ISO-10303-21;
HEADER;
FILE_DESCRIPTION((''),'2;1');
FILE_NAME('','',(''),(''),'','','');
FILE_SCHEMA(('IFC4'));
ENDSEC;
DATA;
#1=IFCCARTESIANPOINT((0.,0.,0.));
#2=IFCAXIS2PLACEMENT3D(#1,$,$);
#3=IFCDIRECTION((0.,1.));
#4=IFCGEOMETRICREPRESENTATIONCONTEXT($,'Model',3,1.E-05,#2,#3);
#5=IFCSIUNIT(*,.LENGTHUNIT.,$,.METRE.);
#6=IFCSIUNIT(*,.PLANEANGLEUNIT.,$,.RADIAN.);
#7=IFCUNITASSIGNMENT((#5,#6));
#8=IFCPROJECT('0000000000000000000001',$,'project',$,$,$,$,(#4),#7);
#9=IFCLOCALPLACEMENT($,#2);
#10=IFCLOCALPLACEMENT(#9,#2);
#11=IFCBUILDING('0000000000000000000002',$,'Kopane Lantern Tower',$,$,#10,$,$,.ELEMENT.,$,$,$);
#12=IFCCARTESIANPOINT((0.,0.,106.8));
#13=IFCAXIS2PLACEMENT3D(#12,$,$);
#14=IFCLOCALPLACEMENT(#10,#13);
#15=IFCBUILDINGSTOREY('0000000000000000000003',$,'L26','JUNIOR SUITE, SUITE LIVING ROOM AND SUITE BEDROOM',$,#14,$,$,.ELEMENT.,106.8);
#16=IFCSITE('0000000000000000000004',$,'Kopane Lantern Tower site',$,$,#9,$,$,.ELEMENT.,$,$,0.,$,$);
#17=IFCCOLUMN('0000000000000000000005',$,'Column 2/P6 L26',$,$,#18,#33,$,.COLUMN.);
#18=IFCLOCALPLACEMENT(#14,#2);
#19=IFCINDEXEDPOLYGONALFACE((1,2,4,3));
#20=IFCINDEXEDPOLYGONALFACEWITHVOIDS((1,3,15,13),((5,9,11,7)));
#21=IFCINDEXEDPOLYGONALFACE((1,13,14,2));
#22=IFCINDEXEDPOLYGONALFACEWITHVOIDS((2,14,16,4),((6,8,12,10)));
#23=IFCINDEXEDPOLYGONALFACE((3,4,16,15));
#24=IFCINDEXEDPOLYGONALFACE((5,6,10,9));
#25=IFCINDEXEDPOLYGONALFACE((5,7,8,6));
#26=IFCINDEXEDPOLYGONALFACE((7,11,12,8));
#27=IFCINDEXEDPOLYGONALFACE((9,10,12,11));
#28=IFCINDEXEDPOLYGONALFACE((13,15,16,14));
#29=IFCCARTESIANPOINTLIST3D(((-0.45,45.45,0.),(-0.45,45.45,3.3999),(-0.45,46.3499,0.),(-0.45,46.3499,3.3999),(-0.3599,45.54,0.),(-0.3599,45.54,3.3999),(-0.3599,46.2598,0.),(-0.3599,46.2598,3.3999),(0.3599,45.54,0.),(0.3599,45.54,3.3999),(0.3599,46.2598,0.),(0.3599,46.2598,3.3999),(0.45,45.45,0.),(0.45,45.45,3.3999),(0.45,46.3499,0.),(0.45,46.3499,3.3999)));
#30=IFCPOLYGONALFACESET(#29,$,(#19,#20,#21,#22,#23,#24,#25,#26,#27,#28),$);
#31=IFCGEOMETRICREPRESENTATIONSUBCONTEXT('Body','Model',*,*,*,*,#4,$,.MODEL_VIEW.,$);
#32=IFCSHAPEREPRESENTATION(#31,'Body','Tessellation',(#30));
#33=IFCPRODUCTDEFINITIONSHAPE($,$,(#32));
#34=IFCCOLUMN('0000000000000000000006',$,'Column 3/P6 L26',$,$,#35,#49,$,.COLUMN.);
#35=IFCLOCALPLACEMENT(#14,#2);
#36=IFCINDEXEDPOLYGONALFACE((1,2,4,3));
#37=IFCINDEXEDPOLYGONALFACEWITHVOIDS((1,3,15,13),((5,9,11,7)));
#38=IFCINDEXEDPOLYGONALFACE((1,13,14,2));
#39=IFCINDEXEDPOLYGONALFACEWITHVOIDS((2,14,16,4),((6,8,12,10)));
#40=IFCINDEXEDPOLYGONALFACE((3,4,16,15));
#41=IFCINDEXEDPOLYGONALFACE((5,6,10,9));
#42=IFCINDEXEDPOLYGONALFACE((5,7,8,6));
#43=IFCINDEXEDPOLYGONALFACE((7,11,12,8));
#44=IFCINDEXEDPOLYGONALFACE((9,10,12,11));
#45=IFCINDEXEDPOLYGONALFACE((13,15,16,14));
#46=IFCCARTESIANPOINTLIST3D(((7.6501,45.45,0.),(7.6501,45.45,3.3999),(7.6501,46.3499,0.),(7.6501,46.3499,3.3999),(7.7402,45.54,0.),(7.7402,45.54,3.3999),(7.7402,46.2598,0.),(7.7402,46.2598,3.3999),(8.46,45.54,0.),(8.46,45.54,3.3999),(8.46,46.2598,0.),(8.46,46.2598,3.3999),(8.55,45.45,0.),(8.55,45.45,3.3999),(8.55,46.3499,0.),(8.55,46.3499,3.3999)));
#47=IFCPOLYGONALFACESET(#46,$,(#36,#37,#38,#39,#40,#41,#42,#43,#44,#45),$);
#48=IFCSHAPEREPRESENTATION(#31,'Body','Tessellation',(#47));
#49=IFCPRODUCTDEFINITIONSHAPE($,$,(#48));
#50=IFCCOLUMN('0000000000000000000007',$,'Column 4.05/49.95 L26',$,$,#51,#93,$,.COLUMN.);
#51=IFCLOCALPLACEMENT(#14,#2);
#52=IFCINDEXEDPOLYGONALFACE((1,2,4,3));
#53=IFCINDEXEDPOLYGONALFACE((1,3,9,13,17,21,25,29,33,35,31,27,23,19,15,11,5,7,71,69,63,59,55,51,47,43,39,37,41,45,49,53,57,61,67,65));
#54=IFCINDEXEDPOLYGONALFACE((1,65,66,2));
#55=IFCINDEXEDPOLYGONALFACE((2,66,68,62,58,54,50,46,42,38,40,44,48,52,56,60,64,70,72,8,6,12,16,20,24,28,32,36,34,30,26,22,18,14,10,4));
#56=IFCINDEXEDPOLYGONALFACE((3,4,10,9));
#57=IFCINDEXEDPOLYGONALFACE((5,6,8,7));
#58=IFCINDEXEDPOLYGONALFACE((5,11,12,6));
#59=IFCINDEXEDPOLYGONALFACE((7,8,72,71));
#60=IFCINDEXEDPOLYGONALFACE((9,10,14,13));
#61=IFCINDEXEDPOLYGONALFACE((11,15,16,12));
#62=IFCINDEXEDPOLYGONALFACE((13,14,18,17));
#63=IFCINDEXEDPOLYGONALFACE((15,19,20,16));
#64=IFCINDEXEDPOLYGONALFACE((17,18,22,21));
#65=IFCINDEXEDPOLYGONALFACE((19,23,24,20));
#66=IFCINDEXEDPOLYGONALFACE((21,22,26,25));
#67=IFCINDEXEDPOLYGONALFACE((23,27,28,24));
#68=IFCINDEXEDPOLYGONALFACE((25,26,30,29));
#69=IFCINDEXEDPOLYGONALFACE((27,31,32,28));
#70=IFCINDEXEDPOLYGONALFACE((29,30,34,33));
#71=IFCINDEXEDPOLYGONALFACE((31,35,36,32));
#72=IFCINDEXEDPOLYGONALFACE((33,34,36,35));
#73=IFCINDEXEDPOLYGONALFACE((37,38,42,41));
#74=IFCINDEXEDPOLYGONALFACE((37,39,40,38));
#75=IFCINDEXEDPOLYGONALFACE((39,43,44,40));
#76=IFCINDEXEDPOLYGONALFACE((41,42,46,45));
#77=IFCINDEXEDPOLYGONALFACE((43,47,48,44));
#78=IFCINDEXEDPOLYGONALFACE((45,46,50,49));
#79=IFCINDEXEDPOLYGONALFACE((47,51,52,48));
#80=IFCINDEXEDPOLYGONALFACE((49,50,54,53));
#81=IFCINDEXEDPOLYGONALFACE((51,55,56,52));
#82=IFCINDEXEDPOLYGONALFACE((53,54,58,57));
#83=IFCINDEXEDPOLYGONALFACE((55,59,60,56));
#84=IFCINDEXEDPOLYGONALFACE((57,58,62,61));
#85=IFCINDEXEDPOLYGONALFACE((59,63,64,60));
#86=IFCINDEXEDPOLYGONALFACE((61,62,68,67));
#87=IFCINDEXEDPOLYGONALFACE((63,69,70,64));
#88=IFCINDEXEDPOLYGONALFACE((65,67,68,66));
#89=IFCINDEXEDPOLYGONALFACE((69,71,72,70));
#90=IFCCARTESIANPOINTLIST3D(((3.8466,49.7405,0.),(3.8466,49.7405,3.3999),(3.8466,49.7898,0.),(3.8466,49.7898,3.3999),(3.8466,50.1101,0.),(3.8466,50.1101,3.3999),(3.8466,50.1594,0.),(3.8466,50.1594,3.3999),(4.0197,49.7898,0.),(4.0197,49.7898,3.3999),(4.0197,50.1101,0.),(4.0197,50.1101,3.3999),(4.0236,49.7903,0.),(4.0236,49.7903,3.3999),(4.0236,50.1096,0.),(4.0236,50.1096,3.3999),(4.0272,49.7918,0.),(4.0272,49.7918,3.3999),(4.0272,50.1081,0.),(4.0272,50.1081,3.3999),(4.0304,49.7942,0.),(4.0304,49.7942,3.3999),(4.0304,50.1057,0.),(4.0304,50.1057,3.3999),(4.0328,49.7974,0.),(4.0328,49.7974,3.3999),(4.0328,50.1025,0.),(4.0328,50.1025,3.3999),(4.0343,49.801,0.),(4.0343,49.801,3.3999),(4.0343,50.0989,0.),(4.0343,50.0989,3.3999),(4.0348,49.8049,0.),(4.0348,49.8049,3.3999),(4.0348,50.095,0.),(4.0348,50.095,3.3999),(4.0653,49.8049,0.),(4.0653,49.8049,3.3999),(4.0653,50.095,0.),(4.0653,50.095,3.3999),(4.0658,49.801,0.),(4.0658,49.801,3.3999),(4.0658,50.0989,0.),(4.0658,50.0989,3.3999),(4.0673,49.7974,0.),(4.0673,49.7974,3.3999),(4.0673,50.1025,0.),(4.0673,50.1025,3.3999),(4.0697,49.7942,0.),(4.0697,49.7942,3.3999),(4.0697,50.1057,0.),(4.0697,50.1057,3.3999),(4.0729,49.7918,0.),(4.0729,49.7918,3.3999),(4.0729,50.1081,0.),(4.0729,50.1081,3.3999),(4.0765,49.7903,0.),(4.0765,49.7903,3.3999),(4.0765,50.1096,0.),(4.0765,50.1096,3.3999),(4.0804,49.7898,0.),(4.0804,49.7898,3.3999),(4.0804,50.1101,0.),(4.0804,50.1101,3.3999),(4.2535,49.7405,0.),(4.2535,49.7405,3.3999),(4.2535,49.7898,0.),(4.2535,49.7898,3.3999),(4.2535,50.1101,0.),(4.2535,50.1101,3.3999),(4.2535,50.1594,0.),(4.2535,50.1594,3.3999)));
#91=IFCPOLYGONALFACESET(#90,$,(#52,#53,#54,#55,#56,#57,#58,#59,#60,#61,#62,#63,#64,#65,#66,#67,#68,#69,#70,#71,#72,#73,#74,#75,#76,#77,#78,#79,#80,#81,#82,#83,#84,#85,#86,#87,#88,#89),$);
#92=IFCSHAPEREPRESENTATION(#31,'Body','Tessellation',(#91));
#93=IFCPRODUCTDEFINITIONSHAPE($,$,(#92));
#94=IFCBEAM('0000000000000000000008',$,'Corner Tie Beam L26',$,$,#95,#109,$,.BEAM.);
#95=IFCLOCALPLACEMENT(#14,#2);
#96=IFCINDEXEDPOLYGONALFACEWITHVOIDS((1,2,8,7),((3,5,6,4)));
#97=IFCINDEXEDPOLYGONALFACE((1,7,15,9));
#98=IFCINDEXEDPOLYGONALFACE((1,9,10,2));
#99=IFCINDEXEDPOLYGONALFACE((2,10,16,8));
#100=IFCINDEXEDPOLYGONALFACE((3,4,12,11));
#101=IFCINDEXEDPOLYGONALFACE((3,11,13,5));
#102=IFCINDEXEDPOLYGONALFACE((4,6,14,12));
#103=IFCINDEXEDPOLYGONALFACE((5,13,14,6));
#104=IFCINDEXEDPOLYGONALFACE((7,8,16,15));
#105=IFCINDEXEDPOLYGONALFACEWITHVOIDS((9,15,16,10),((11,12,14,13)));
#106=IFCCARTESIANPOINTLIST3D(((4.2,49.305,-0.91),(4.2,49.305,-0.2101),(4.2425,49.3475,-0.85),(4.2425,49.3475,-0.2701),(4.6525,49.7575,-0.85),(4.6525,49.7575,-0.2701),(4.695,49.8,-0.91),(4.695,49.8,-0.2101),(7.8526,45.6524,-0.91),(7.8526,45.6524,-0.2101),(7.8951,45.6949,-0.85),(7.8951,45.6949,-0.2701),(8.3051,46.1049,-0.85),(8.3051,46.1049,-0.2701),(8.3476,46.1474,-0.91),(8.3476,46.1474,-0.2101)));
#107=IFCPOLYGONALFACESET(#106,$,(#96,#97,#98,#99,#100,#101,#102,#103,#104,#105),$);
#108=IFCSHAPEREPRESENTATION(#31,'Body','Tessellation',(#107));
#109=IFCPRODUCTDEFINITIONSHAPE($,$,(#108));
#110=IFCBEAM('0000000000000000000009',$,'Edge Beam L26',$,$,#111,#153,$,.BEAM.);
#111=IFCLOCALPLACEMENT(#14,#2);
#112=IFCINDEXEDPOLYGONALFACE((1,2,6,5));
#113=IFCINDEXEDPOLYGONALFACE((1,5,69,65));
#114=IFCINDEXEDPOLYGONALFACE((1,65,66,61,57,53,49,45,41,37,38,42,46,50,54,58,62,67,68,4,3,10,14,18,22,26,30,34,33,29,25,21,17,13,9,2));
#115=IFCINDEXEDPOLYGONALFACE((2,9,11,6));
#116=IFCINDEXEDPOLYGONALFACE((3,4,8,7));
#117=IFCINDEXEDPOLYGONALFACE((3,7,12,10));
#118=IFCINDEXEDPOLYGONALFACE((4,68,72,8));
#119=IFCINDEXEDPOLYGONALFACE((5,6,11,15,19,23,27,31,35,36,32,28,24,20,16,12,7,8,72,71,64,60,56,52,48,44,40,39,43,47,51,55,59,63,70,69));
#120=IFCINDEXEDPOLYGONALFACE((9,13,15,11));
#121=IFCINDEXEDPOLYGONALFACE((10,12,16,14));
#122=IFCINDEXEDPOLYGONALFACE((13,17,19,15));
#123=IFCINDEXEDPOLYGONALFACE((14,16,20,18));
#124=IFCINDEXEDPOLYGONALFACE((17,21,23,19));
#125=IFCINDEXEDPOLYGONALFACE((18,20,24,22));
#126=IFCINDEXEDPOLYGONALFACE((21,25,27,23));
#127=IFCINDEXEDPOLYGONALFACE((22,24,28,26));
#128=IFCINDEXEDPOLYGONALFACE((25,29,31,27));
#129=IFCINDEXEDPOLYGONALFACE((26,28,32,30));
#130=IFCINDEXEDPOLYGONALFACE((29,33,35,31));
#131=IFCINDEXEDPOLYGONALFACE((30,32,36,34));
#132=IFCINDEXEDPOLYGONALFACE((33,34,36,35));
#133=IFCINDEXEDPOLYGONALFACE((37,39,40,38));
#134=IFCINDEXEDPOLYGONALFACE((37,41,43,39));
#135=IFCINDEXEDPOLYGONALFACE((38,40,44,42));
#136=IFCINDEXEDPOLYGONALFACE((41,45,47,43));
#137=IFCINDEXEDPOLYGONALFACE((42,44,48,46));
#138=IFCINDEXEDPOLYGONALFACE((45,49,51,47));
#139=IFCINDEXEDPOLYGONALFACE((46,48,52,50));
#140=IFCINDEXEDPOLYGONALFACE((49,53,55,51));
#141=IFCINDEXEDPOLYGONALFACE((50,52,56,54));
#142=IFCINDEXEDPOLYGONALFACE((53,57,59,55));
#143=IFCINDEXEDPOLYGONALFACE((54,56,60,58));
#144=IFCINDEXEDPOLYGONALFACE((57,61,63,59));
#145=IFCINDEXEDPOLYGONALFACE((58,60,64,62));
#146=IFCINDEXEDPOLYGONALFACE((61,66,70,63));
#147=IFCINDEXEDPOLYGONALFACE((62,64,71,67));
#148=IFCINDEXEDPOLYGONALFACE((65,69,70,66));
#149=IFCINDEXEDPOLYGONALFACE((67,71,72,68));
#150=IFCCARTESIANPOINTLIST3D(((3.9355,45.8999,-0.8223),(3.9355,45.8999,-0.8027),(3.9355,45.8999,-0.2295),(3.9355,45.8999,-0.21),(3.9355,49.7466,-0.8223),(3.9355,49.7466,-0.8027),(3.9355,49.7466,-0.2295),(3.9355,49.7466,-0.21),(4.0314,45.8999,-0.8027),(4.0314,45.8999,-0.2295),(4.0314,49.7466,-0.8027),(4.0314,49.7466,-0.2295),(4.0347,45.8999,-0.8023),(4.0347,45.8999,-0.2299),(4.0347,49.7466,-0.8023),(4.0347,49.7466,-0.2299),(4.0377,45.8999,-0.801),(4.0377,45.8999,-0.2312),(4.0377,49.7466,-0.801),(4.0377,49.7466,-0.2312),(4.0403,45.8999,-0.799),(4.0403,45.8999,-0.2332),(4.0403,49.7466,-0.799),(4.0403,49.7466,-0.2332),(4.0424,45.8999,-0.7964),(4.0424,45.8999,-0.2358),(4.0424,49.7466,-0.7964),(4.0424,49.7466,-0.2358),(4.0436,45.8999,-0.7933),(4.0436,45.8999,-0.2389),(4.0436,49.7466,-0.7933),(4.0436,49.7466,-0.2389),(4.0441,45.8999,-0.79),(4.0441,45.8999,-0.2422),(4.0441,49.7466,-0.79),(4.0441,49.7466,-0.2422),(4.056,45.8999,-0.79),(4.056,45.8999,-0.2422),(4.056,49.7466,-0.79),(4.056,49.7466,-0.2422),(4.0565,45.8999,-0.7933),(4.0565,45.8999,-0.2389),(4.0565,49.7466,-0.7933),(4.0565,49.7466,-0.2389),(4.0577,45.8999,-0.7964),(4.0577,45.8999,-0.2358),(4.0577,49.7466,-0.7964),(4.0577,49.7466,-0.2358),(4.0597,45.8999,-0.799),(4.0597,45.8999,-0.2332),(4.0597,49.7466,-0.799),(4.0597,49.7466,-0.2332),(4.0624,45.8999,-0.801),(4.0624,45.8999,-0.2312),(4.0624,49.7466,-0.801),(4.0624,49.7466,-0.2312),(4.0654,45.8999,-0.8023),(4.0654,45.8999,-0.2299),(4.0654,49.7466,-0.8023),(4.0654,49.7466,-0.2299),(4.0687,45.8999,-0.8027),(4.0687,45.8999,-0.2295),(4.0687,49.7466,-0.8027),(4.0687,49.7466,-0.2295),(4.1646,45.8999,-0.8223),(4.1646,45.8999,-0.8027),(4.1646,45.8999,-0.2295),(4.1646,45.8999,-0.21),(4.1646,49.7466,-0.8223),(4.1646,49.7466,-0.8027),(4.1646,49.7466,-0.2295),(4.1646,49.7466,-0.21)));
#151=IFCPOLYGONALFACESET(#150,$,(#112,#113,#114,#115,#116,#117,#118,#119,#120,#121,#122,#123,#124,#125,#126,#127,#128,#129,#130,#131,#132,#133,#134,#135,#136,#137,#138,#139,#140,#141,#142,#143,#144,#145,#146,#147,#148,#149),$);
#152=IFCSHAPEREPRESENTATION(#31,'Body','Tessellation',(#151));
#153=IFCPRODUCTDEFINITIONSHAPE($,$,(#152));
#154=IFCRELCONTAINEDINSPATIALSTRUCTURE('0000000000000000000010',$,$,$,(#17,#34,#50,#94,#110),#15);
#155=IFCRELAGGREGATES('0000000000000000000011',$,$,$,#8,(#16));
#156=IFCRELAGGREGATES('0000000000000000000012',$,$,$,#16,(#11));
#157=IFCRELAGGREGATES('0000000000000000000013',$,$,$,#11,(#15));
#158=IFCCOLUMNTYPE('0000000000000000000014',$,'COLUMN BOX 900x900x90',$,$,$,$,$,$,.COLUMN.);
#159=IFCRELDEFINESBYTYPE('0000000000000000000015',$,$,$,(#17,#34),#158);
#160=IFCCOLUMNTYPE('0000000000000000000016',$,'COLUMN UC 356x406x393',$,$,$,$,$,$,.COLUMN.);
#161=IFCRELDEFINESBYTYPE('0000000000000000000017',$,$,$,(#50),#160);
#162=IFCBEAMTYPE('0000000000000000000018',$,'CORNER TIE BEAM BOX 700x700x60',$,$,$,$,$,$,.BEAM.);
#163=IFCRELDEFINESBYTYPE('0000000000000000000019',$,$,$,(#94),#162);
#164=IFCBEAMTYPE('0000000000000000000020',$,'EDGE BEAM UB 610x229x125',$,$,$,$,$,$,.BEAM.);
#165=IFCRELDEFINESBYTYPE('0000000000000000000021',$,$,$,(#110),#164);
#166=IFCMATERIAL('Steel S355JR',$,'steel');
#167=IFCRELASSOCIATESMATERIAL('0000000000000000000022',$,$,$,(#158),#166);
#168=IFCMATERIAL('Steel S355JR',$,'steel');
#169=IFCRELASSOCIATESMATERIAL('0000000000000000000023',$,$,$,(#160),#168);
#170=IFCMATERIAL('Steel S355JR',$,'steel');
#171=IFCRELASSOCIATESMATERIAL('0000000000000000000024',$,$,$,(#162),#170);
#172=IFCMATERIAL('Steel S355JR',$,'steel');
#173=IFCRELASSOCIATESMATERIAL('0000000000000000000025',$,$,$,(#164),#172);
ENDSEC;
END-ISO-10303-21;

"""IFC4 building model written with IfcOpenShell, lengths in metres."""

from ifc_helpers import new_model, si_unit, direction, frame, origin, origin_2d, place, context, subcontext, project, spatial, hollow_rectangle, i_section, extrude, material, material_profile, profile_set, type_object, element, save


model = new_model("IFC4")

# Units and contexts
model_context = context("Model", 3, precision=1e-05, world=origin(), true_north=direction((0.0, 1.0)))
body_context = subcontext(model_context, "Body", "Model", "MODEL_VIEW")
ifc_project = project(units=[si_unit("LENGTHUNIT", "METRE"), si_unit("PLANEANGLEUNIT", "RADIAN")], contexts=[model_context])

# Site, building, storey
site_placement = place(None, origin())
site = spatial("IfcSite", under=ifc_project, at=site_placement, Name="Kopane Lantern Tower site", CompositionType="ELEMENT", RefElevation=0.0)
building_placement = place(site_placement, origin())
building = spatial("IfcBuilding", under=site, at=building_placement, Name="Kopane Lantern Tower", CompositionType="ELEMENT")
storey_placement = place(building_placement, frame((0.0, 0.0, 106.8)))
storey = spatial("IfcBuildingStorey", under=building, at=storey_placement, Name="L26", Description="JUNIOR SUITE, SUITE LIVING ROOM AND SUITE BEDROOM", CompositionType="ELEMENT", Elevation=106.8)

# Columns
ifc_material_1 = material(Name="Steel S355JR", Category="steel")
ifc_material_profile_1 = material_profile(ifc_material_1, hollow_rectangle(XDim=0.8999, YDim=0.8999, WallThickness=0.0901, at=origin_2d()), Name="BOX 900x900x90")
ifc_profile_set_1 = profile_set([ifc_material_profile_1], Name="Steel S355JR")
column_type_1 = type_object("IfcColumnType", Name="COLUMN BOX 900x900x90", PredefinedType="COLUMN", material=ifc_profile_set_1)
for number, where, z_axis, x_axis, name in (
    (1, (0.0, 45.8999, 0.0), (0.0, 0.0, 1.0), (1.0, 0.0, 0.0), "Column 2/P6 L26"),
    (2, (8.1001, 45.8999, 0.0), (0.0, 0.0, 1.0), (1.0, 0.0, 0.0), "Column 3/P6 L26"),
):
    element("IfcColumn", number, at=place(storey_placement, frame(where, z_axis=z_axis, x_axis=x_axis)), inside=storey, type_object=column_type_1, Name=name, PredefinedType="COLUMN", context=body_context, shape_type="SweptSolid", body=[
        extrude(hollow_rectangle(XDim=0.8999, YDim=0.8999, WallThickness=0.0901, at=origin_2d()), origin(), (0.0, 0.0, 1.0), 3.3999),
    ])
ifc_material_2 = material(Name="Steel S355JR", Category="steel")
ifc_material_profile_2 = material_profile(ifc_material_2, i_section(OverallWidth=0.407, OverallDepth=0.4189, WebThickness=0.0305, FlangeThickness=0.0493, FilletRadius=0.0151, at=origin_2d()), Name="UC 356x406x393")
ifc_profile_set_2 = profile_set([ifc_material_profile_2], Name="Steel S355JR")
column_type_2 = type_object("IfcColumnType", Name="COLUMN UC 356x406x393", PredefinedType="COLUMN", material=ifc_profile_set_2)
column_placement = place(storey_placement, frame((4.05, 49.95, 0.0), z_axis=(0.0, 0.0, 1.0), x_axis=(1.0, 0.0, 0.0)))
element("IfcColumn", 3, at=column_placement, inside=storey, type_object=column_type_2, Name="Column 4.05/49.95 L26", PredefinedType="COLUMN", context=body_context, shape_type="SweptSolid", body=[
    extrude(i_section(OverallWidth=0.407, OverallDepth=0.4189, WebThickness=0.0305, FlangeThickness=0.0493, FilletRadius=0.0151, at=origin_2d()), origin(), (0.0, 0.0, 1.0), 3.3999),
])

# Beams
ifc_material_3 = material(Name="Steel S355JR", Category="steel")
ifc_material_profile_3 = material_profile(ifc_material_3, hollow_rectangle(XDim=0.7, YDim=0.7, WallThickness=0.0601, at=origin_2d()), Name="BOX 700x700x60")
ifc_profile_set_3 = profile_set([ifc_material_profile_3], Name="Steel S355JR")
beam_type_1 = type_object("IfcBeamType", Name="CORNER TIE BEAM BOX 700x700x60", PredefinedType="BEAM", material=ifc_profile_set_3)
beam_1_placement = place(storey_placement, frame((4.4475, 49.5525, -0.5601), z_axis=(0.707107, -0.707107, 0.0), x_axis=(0.707107, 0.707107, 0.0)))
element("IfcBeam", 4, at=beam_1_placement, inside=storey, type_object=beam_type_1, Name="Corner Tie Beam L26", PredefinedType="BEAM", context=body_context, shape_type="SweptSolid", body=[
    extrude(hollow_rectangle(XDim=0.7, YDim=0.7, WallThickness=0.0601, at=origin_2d()), origin(), (0.0, 0.0, 1.0), 5.1655),
])
ifc_material_4 = material(Name="Steel S355JR", Category="steel")
ifc_material_profile_4 = material_profile(ifc_material_4, i_section(OverallWidth=0.229, OverallDepth=0.6123, WebThickness=0.012, FlangeThickness=0.0195, FilletRadius=0.0127, at=origin_2d()), Name="UB 610x229x125")
ifc_profile_set_4 = profile_set([ifc_material_profile_4], Name="Steel S355JR")
beam_type_2 = type_object("IfcBeamType", Name="EDGE BEAM UB 610x229x125", PredefinedType="BEAM", material=ifc_profile_set_4)
for number, where, z_axis, x_axis, name in (
    (5, (4.05, 49.7466, -0.5161), (0.0, -1.0, 0.0), (1.0, 0.0, 0.0), "Edge Beam L26"),
):
    element("IfcBeam", number, at=place(storey_placement, frame(where, z_axis=z_axis, x_axis=x_axis)), inside=storey, type_object=beam_type_2, Name=name, PredefinedType="BEAM", context=body_context, shape_type="SweptSolid", body=[
        extrude(i_section(OverallWidth=0.229, OverallDepth=0.6123, WebThickness=0.012, FlangeThickness=0.0195, FilletRadius=0.0127, at=origin_2d()), origin(), (0.0, 0.0, 1.0), 3.8467),
    ])

save(model, "model.ifc")
